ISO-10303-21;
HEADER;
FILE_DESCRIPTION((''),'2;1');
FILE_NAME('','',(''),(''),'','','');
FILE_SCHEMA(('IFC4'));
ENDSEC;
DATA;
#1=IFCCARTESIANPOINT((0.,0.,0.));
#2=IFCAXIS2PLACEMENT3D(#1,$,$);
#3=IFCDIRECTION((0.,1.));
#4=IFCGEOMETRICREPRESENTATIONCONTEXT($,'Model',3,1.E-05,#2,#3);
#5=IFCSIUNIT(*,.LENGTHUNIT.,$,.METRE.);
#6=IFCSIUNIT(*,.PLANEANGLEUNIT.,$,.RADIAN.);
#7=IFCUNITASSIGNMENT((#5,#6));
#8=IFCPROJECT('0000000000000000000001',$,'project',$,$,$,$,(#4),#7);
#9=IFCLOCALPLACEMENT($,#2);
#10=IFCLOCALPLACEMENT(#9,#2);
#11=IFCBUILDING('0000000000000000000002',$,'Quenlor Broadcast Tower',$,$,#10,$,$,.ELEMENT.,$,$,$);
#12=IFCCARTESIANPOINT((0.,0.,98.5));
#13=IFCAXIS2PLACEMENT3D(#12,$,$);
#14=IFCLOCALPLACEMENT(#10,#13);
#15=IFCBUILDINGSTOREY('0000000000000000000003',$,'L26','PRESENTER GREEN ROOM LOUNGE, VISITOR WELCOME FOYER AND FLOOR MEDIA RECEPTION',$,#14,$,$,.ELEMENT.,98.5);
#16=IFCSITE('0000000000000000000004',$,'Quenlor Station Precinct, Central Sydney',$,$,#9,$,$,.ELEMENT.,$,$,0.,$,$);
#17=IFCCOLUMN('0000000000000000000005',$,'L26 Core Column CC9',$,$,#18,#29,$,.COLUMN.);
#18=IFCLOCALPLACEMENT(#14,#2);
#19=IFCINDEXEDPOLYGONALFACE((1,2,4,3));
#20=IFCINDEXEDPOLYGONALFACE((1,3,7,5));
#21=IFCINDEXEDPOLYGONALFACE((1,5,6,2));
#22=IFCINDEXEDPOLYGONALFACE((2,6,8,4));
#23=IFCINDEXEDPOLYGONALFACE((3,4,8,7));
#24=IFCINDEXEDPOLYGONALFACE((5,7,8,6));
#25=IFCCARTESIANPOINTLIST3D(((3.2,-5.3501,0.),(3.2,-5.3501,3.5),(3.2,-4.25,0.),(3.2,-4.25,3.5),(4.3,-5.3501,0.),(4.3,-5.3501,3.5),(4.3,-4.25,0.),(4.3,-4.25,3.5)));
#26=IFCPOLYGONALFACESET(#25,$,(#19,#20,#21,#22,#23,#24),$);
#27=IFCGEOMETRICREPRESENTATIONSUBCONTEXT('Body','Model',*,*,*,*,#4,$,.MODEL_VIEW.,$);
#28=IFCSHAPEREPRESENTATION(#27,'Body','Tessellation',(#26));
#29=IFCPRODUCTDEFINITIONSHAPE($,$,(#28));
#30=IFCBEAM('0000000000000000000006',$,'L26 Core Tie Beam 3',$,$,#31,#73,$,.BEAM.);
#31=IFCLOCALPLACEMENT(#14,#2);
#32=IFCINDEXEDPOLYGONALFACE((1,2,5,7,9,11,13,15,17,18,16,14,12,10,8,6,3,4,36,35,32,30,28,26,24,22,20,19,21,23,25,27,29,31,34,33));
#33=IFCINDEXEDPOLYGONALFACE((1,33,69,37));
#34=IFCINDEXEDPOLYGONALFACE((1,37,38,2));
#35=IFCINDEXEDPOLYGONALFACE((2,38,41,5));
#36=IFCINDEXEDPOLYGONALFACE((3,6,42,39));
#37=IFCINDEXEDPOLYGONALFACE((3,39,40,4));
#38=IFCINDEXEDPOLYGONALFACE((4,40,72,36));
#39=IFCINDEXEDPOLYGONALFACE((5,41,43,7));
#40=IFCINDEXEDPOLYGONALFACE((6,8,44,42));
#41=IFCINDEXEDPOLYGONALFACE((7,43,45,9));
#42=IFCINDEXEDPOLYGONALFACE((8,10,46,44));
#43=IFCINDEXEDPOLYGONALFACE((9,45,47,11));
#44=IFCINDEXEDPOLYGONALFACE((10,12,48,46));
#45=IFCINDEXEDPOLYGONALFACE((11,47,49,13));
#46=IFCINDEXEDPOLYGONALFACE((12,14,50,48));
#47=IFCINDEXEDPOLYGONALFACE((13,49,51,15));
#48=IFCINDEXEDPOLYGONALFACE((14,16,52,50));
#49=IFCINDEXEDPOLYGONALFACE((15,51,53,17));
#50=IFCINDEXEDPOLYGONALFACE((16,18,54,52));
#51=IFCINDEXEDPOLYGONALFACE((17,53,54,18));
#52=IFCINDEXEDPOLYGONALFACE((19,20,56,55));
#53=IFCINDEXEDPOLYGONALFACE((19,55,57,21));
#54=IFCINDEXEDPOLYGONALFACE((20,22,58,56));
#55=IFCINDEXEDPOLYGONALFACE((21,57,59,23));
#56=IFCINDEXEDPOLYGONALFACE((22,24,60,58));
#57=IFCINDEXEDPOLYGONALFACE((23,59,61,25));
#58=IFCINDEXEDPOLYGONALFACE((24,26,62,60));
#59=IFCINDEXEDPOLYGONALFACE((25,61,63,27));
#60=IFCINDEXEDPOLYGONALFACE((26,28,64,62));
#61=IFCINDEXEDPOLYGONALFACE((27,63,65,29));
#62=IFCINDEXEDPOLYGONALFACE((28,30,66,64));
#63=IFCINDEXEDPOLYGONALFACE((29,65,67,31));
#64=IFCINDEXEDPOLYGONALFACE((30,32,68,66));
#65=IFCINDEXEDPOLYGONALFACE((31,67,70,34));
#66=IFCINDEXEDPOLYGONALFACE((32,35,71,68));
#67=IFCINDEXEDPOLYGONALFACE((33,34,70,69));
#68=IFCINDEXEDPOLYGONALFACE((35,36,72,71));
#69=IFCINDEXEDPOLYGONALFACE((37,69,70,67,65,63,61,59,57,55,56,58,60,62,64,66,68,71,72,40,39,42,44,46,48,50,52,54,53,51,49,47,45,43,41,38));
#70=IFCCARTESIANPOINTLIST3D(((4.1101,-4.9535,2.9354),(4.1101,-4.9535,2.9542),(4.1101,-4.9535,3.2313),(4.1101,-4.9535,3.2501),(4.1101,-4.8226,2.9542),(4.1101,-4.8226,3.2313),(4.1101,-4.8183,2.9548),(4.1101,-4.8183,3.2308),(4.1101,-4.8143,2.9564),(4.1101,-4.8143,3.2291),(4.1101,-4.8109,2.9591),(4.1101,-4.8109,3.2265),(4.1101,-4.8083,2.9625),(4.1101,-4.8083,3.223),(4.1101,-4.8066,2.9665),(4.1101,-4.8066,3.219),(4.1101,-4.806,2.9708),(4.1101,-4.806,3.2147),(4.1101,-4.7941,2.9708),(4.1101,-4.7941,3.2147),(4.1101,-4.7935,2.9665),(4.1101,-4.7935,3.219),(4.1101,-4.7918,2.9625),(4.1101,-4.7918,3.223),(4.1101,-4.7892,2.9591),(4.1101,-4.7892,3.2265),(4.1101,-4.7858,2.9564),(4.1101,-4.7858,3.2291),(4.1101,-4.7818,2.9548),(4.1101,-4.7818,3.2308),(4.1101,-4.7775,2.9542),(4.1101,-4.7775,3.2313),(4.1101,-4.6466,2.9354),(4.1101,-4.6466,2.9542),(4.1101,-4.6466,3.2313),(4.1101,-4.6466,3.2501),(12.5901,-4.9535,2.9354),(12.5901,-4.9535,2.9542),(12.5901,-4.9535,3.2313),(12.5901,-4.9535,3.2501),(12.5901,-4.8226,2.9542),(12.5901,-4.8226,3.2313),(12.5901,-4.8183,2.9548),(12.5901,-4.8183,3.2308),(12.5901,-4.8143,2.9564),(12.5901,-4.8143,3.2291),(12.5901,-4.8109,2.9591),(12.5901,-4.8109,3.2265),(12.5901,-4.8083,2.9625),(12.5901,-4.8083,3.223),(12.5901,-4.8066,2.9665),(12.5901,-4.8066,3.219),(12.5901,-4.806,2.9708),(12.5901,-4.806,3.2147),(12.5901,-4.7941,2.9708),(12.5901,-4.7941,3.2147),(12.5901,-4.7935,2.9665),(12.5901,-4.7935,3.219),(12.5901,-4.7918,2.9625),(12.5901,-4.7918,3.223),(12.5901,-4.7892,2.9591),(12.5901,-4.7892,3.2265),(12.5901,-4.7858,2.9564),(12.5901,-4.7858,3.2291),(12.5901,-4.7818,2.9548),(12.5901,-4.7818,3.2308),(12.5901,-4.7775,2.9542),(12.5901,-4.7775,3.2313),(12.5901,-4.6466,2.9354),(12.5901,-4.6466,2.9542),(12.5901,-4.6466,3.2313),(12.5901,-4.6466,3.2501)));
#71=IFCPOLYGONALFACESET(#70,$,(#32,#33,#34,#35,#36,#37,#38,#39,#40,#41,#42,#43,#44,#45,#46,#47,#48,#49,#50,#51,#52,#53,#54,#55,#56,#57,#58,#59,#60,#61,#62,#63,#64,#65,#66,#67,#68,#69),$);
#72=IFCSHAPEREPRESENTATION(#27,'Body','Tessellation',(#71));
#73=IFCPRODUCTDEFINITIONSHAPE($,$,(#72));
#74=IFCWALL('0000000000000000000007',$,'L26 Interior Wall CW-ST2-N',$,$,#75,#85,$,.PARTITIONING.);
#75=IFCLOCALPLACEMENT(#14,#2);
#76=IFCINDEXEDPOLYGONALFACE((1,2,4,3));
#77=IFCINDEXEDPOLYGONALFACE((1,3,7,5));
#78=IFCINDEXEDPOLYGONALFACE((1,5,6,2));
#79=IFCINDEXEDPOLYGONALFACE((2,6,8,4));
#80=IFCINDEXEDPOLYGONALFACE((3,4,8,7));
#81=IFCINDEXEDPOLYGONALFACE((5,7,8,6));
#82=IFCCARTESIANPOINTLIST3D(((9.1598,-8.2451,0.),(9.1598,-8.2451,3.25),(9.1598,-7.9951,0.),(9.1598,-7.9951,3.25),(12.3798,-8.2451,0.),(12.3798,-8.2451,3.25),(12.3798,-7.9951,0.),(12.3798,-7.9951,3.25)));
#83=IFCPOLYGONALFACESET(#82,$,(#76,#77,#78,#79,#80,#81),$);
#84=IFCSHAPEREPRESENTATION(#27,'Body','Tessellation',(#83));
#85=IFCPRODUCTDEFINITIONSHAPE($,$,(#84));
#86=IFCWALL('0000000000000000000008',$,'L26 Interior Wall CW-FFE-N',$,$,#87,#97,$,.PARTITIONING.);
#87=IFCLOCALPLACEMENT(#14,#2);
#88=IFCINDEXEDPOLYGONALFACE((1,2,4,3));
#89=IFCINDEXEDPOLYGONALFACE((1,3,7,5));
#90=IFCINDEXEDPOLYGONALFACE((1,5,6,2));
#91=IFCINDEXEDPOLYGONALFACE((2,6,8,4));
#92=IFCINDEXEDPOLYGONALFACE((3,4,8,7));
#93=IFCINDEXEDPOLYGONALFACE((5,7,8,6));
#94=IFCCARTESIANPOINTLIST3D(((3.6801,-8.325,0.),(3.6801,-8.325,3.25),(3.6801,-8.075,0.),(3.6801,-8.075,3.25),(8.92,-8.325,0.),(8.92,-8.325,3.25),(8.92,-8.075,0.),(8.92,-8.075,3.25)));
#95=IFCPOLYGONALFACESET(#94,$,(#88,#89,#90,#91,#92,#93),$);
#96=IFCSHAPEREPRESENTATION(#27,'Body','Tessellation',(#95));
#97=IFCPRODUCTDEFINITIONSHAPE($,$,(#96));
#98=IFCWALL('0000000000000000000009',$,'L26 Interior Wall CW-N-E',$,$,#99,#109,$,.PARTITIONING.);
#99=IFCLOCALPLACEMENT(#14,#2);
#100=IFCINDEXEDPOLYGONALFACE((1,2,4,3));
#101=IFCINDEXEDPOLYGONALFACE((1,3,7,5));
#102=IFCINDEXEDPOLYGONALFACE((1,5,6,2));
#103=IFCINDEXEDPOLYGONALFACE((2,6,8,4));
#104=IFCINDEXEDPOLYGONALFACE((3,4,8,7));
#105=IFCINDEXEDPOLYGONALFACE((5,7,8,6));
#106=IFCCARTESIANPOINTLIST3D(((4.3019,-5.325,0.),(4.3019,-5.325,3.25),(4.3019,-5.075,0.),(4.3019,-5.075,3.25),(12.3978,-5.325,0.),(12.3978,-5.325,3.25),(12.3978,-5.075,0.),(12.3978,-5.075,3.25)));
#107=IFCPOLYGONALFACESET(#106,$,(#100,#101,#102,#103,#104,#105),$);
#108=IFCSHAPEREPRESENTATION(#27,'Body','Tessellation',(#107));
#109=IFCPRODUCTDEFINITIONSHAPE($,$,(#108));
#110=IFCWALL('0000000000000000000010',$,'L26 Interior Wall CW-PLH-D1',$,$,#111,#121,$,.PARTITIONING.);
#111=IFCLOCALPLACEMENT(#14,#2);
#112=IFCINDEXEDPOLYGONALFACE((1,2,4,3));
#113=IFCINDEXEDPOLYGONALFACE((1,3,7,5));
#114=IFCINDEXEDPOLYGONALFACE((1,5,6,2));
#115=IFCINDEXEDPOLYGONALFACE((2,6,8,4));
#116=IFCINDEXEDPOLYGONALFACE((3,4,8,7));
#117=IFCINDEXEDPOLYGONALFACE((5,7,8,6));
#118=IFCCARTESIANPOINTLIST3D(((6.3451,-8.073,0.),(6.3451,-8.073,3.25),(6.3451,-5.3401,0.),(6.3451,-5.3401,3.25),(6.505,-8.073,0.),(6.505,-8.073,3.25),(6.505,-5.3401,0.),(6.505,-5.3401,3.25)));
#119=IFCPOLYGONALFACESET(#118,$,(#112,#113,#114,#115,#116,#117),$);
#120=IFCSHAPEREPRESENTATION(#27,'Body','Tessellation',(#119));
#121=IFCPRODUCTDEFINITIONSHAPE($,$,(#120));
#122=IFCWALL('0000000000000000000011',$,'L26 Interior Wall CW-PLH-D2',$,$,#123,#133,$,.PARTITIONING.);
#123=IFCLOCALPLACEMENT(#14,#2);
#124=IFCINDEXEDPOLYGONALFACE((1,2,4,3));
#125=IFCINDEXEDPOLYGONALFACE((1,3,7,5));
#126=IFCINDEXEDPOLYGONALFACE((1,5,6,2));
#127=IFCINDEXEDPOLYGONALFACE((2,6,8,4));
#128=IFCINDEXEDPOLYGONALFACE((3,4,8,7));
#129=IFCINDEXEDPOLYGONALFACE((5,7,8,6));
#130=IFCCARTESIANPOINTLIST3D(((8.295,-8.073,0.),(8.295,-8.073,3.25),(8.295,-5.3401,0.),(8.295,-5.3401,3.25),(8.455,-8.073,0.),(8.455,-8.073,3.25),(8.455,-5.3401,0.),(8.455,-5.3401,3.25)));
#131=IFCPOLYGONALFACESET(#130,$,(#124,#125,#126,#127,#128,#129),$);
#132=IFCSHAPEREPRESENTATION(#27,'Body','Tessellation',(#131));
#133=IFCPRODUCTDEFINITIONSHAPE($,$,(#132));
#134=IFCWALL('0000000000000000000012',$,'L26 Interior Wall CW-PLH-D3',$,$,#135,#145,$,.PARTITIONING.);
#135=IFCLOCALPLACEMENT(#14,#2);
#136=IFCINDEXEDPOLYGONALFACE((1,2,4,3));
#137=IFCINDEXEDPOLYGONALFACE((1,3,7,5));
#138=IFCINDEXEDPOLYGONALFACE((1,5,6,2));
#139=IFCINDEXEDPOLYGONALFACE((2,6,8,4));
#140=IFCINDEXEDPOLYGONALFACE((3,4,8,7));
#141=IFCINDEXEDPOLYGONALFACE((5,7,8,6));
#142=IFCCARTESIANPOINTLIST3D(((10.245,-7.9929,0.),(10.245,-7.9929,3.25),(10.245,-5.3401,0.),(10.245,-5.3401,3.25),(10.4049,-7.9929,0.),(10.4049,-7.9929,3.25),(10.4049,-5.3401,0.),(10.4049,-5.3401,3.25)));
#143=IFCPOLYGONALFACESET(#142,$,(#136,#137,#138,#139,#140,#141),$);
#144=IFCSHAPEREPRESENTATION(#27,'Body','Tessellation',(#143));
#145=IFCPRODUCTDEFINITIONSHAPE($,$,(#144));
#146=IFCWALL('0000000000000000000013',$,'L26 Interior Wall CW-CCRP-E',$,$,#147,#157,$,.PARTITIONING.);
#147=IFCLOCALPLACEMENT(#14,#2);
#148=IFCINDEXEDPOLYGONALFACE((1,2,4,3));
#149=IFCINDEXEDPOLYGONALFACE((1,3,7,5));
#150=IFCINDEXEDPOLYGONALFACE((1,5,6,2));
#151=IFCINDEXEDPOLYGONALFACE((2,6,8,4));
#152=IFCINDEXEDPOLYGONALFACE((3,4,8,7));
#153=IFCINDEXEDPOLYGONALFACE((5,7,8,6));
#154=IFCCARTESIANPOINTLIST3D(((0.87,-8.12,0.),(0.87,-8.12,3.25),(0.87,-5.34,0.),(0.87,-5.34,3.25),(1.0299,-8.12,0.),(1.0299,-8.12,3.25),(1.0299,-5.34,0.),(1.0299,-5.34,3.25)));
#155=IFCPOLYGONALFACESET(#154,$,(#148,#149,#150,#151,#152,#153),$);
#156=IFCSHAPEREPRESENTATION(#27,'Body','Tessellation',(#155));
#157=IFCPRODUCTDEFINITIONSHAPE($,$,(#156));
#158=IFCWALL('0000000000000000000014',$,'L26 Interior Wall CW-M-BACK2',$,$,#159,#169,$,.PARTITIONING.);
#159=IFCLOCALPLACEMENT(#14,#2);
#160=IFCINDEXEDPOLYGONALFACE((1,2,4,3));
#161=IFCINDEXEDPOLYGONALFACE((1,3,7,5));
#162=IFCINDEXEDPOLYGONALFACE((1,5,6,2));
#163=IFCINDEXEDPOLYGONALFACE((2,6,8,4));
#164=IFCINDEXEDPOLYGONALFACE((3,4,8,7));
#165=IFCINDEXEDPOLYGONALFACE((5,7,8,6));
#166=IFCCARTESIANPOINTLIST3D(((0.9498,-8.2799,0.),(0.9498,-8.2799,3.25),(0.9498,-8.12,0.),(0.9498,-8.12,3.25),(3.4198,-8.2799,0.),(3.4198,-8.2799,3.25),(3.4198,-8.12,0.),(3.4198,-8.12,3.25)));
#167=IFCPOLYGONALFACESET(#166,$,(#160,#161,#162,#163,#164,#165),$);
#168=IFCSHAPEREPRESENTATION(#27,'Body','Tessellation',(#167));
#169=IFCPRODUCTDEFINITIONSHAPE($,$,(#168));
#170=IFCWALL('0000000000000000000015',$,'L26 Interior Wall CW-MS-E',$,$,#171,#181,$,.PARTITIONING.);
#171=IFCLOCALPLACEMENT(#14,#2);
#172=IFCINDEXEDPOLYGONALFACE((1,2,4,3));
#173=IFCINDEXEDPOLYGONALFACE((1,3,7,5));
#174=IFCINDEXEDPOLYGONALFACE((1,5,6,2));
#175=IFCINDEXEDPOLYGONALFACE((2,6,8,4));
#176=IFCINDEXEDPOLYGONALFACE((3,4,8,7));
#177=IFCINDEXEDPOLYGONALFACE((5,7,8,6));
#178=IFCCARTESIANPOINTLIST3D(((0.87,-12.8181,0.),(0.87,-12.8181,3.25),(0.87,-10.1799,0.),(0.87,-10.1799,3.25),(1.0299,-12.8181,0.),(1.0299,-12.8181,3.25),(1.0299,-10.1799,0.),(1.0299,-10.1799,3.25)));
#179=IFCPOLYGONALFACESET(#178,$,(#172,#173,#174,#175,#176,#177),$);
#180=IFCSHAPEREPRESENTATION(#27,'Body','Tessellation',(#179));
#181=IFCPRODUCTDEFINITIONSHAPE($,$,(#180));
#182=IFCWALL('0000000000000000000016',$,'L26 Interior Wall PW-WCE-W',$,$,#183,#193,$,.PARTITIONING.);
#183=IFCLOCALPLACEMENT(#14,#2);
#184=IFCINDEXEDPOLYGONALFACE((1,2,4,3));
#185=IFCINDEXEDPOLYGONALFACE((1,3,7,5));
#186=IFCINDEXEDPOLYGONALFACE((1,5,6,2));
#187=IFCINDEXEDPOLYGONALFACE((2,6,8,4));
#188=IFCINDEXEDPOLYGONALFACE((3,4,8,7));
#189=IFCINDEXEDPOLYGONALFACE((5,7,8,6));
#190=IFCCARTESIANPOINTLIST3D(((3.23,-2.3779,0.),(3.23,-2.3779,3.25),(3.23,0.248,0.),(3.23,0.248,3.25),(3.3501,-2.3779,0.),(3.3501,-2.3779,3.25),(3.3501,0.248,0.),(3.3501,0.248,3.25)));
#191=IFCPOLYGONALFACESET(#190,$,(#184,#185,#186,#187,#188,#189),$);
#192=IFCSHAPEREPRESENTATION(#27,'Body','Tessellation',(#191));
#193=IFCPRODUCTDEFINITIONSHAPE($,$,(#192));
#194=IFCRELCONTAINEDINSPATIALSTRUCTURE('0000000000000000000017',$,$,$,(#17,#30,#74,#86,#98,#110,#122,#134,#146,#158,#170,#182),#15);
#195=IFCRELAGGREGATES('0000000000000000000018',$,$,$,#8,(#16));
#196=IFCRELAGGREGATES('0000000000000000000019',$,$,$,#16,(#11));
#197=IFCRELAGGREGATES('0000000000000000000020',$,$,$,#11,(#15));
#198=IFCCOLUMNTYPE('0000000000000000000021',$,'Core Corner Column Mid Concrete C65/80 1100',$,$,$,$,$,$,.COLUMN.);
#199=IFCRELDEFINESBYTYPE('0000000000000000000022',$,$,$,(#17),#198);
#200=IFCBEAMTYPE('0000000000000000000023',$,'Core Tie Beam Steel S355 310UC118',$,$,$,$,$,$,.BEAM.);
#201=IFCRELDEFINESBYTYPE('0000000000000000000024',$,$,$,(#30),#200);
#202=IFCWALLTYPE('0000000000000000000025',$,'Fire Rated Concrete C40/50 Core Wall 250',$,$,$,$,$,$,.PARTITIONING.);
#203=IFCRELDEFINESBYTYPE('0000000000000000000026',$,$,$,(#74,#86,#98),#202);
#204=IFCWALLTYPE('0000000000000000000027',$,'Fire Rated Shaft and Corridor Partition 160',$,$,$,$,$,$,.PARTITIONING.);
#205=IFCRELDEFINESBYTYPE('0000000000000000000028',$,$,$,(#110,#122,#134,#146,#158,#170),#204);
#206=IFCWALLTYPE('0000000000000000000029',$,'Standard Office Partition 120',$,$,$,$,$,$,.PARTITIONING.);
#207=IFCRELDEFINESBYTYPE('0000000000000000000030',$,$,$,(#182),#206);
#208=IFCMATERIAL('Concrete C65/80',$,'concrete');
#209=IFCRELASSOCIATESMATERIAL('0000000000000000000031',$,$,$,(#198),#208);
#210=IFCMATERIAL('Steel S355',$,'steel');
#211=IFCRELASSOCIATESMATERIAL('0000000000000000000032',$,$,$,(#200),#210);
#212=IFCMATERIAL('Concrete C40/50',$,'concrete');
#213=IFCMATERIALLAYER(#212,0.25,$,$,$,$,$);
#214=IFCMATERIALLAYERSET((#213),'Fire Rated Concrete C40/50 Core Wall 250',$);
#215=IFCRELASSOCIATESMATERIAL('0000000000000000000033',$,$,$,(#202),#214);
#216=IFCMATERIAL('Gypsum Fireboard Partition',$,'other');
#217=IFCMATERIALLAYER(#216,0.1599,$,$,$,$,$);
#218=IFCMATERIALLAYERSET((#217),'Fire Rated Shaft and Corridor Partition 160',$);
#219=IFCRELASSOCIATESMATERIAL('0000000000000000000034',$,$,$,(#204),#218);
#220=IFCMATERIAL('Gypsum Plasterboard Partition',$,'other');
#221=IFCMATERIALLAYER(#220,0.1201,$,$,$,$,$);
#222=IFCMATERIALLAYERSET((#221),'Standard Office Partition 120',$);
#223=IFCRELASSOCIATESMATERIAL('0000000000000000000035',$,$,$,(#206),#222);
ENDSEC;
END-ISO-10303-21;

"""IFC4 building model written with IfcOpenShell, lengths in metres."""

from ifc_helpers import new_model, si_unit, direction, frame, frame_2d, origin, origin_2d, place, context, subcontext, project, spatial, rectangle, i_section, extrude, material, layer, layer_set, material_profile, profile_set, type_object, element, save


model = new_model("IFC4")

# Units and contexts
model_context = context("Model", 3, precision=1e-05, world=origin(), true_north=direction((0.0, 1.0)))
body_context = subcontext(model_context, "Body", "Model", "MODEL_VIEW")
ifc_project = project(units=[si_unit("LENGTHUNIT", "METRE"), si_unit("PLANEANGLEUNIT", "RADIAN")], contexts=[model_context])

# Site, building, storey
site_placement = place(None, origin())
site = spatial("IfcSite", under=ifc_project, at=site_placement, Name="Quenlor Station Precinct, Central Sydney", CompositionType="ELEMENT", RefElevation=0.0)
building_placement = place(site_placement, origin())
building = spatial("IfcBuilding", under=site, at=building_placement, Name="Quenlor Broadcast Tower", CompositionType="ELEMENT")
storey_placement = place(building_placement, frame((0.0, 0.0, 98.5)))
storey = spatial("IfcBuildingStorey", under=building, at=storey_placement, Name="L26", Description="PRESENTER GREEN ROOM LOUNGE, VISITOR WELCOME FOYER AND FLOOR MEDIA RECEPTION", CompositionType="ELEMENT", Elevation=98.5)

# Column
ifc_material_1 = material(Name="Concrete C65/80", Category="concrete")
ifc_material_profile_1 = material_profile(ifc_material_1, rectangle(XDim=1.1001, YDim=1.1001, at=origin_2d()))
ifc_profile_set_1 = profile_set([ifc_material_profile_1], Name="Concrete C65/80 RC1100x1100")
column_type = type_object("IfcColumnType", Name="Core Corner Column Mid Concrete C65/80 1100", PredefinedType="COLUMN", material=ifc_profile_set_1)
column_placement = place(storey_placement, frame((3.75, -4.8, 0.0), z_axis=(0.0, 0.0, 1.0), x_axis=(1.0, 0.0, 0.0)))
element("IfcColumn", 1, at=column_placement, inside=storey, type_object=column_type, Name="L26 Core Column CC9", PredefinedType="COLUMN", context=body_context, shape_type="SweptSolid", body=[
    extrude(rectangle(XDim=1.1001, YDim=1.1001, at=origin_2d()), origin(), (0.0, 0.0, 1.0), 3.5),
])

# Beam
ifc_material_2 = material(Name="Steel S355", Category="steel")
ifc_material_profile_2 = material_profile(ifc_material_2, i_section(OverallWidth=0.3069, OverallDepth=0.3147, WebThickness=0.012, FlangeThickness=0.0188, FilletRadius=0.0166, at=origin_2d()))
ifc_profile_set_2 = profile_set([ifc_material_profile_2], Name="Steel S355 310UC118")
beam_type = type_object("IfcBeamType", Name="Core Tie Beam Steel S355 310UC118", PredefinedType="BEAM", material=ifc_profile_set_2)
beam_placement = place(storey_placement, frame((4.1101, -4.8, 3.0928), z_axis=(1.0, 0.0, 0.0), x_axis=(0.0, 1.0, 0.0)))
element("IfcBeam", 2, at=beam_placement, inside=storey, type_object=beam_type, Name="L26 Core Tie Beam 3", PredefinedType="BEAM", context=body_context, shape_type="SweptSolid", body=[
    extrude(i_section(OverallWidth=0.3069, OverallDepth=0.3147, WebThickness=0.012, FlangeThickness=0.0188, FilletRadius=0.0166, at=origin_2d()), origin(), (0.0, 0.0, 1.0), 8.48),
])

# Shared definitions
ifc_material_3 = material(Name="Concrete C40/50", Category="concrete")
ifc_layer_1 = layer(ifc_material_3, 0.25)
ifc_layer_set_1 = layer_set([ifc_layer_1], Name="Fire Rated Concrete C40/50 Core Wall 250")
wall_type_1 = type_object("IfcWallType", Name="Fire Rated Concrete C40/50 Core Wall 250", PredefinedType="PARTITIONING", material=ifc_layer_set_1)

# Walls
wall_1_placement = place(storey_placement, frame((9.1599, -8.1201, 0.0), z_axis=(0.0, 0.0, 1.0), x_axis=(1.0, 0.0, 0.0)))
element("IfcWall", 3, at=wall_1_placement, inside=storey, type_object=wall_type_1, Name="L26 Interior Wall CW-ST2-N", PredefinedType="PARTITIONING", context=body_context, shape_type="SweptSolid", body=[
    extrude(rectangle(XDim=3.22, YDim=0.25, at=frame_2d((1.6099, 0.0))), origin(), (0.0, 0.0, 1.0), 3.25),
])
wall_2_placement = place(storey_placement, frame((3.6799, -8.2, 0.0), z_axis=(0.0, 0.0, 1.0), x_axis=(1.0, 0.0, 0.0)))
element("IfcWall", 4, at=wall_2_placement, inside=storey, type_object=wall_type_1, Name="L26 Interior Wall CW-FFE-N", PredefinedType="PARTITIONING", context=body_context, shape_type="SweptSolid", body=[
    extrude(rectangle(XDim=5.24, YDim=0.25, at=frame_2d((2.6201, 0.0))), origin(), (0.0, 0.0, 1.0), 3.25),
])
wall_3_placement = place(storey_placement, frame((4.302, -5.2, 0.0), z_axis=(0.0, 0.0, 1.0), x_axis=(1.0, 0.0, 0.0)))
element("IfcWall", 5, at=wall_3_placement, inside=storey, type_object=wall_type_1, Name="L26 Interior Wall CW-N-E", PredefinedType="PARTITIONING", context=body_context, shape_type="SweptSolid", body=[
    extrude(rectangle(XDim=8.0959, YDim=0.25, at=frame_2d((4.0479, 0.0))), origin(), (0.0, 0.0, 1.0), 3.25),
])

# Walls
ifc_material_4 = material(Name="Gypsum Fireboard Partition", Category="other")
ifc_layer_2 = layer(ifc_material_4, 0.1599)
ifc_layer_set_2 = layer_set([ifc_layer_2], Name="Fire Rated Shaft and Corridor Partition 160")
wall_type_2 = type_object("IfcWallType", Name="Fire Rated Shaft and Corridor Partition 160", PredefinedType="PARTITIONING", material=ifc_layer_set_2)
for number, where, z_axis, x_axis, name in (
    (6, (6.425, -8.073, 0.0), (0.0, 0.0, 1.0), (0.0, 1.0, 0.0), "L26 Interior Wall CW-PLH-D1"),
    (7, (8.375, -8.073, 0.0), (0.0, 0.0, 1.0), (0.0, 1.0, 0.0), "L26 Interior Wall CW-PLH-D2"),
):
    element("IfcWall", number, at=place(storey_placement, frame(where, z_axis=z_axis, x_axis=x_axis)), inside=storey, type_object=wall_type_2, Name=name, PredefinedType="PARTITIONING", context=body_context, shape_type="SweptSolid", body=[
        extrude(rectangle(XDim=2.7329, YDim=0.1599, at=frame_2d((1.3665, 0.0))), origin(), (0.0, 0.0, 1.0), 3.25),
    ])
wall_4_placement = place(storey_placement, frame((10.325, -7.9929, 0.0), z_axis=(0.0, 0.0, 1.0), x_axis=(0.0, 1.0, 0.0)))
element("IfcWall", 8, at=wall_4_placement, inside=storey, type_object=wall_type_2, Name="L26 Interior Wall CW-PLH-D3", PredefinedType="PARTITIONING", context=body_context, shape_type="SweptSolid", body=[
    extrude(rectangle(XDim=2.6528, YDim=0.1599, at=frame_2d((1.3264, 0.0))), origin(), (0.0, 0.0, 1.0), 3.25),
])
wall_5_placement = place(storey_placement, frame((0.95, -8.1201, 0.0), z_axis=(0.0, 0.0, 1.0), x_axis=(0.0, 1.0, 0.0)))
element("IfcWall", 9, at=wall_5_placement, inside=storey, type_object=wall_type_2, Name="L26 Interior Wall CW-CCRP-E", PredefinedType="PARTITIONING", context=body_context, shape_type="SweptSolid", body=[
    extrude(rectangle(XDim=2.78, YDim=0.1599, at=frame_2d((1.3901, 0.0))), origin(), (0.0, 0.0, 1.0), 3.25),
])
wall_6_placement = place(storey_placement, frame((0.95, -8.2, 0.0), z_axis=(0.0, 0.0, 1.0), x_axis=(1.0, 0.0, 0.0)))
element("IfcWall", 10, at=wall_6_placement, inside=storey, type_object=wall_type_2, Name="L26 Interior Wall CW-M-BACK2", PredefinedType="PARTITIONING", context=body_context, shape_type="SweptSolid", body=[
    extrude(rectangle(XDim=2.47, YDim=0.1599, at=frame_2d((1.2349, 0.0))), origin(), (0.0, 0.0, 1.0), 3.25),
])
wall_7_placement = place(storey_placement, frame((0.95, -12.8181, 0.0), z_axis=(0.0, 0.0, 1.0), x_axis=(0.0, 1.0, 0.0)))
element("IfcWall", 11, at=wall_7_placement, inside=storey, type_object=wall_type_2, Name="L26 Interior Wall CW-MS-E", PredefinedType="PARTITIONING", context=body_context, shape_type="SweptSolid", body=[
    extrude(rectangle(XDim=2.6382, YDim=0.1599, at=frame_2d((1.3191, 0.0))), origin(), (0.0, 0.0, 1.0), 3.25),
])

# Shared definitions
ifc_material_5 = material(Name="Gypsum Plasterboard Partition", Category="other")
ifc_layer_3 = layer(ifc_material_5, 0.1201)
ifc_layer_set_3 = layer_set([ifc_layer_3], Name="Standard Office Partition 120")
wall_type_3 = type_object("IfcWallType", Name="Standard Office Partition 120", PredefinedType="PARTITIONING", material=ifc_layer_set_3)

# Wall
for number, where, z_axis, x_axis, name in (
    (12, (3.29, -2.3779, 0.0), (0.0, 0.0, 1.0), (0.0, 1.0, 0.0), "L26 Interior Wall PW-WCE-W"),
):
    element("IfcWall", number, at=place(storey_placement, frame(where, z_axis=z_axis, x_axis=x_axis)), inside=storey, type_object=wall_type_3, Name=name, PredefinedType="PARTITIONING", context=body_context, shape_type="SweptSolid", body=[
        extrude(rectangle(XDim=2.626, YDim=0.1201, at=frame_2d((1.313, 0.0))), origin(), (0.0, 0.0, 1.0), 3.25),
    ])

save(model, "model.ifc")
